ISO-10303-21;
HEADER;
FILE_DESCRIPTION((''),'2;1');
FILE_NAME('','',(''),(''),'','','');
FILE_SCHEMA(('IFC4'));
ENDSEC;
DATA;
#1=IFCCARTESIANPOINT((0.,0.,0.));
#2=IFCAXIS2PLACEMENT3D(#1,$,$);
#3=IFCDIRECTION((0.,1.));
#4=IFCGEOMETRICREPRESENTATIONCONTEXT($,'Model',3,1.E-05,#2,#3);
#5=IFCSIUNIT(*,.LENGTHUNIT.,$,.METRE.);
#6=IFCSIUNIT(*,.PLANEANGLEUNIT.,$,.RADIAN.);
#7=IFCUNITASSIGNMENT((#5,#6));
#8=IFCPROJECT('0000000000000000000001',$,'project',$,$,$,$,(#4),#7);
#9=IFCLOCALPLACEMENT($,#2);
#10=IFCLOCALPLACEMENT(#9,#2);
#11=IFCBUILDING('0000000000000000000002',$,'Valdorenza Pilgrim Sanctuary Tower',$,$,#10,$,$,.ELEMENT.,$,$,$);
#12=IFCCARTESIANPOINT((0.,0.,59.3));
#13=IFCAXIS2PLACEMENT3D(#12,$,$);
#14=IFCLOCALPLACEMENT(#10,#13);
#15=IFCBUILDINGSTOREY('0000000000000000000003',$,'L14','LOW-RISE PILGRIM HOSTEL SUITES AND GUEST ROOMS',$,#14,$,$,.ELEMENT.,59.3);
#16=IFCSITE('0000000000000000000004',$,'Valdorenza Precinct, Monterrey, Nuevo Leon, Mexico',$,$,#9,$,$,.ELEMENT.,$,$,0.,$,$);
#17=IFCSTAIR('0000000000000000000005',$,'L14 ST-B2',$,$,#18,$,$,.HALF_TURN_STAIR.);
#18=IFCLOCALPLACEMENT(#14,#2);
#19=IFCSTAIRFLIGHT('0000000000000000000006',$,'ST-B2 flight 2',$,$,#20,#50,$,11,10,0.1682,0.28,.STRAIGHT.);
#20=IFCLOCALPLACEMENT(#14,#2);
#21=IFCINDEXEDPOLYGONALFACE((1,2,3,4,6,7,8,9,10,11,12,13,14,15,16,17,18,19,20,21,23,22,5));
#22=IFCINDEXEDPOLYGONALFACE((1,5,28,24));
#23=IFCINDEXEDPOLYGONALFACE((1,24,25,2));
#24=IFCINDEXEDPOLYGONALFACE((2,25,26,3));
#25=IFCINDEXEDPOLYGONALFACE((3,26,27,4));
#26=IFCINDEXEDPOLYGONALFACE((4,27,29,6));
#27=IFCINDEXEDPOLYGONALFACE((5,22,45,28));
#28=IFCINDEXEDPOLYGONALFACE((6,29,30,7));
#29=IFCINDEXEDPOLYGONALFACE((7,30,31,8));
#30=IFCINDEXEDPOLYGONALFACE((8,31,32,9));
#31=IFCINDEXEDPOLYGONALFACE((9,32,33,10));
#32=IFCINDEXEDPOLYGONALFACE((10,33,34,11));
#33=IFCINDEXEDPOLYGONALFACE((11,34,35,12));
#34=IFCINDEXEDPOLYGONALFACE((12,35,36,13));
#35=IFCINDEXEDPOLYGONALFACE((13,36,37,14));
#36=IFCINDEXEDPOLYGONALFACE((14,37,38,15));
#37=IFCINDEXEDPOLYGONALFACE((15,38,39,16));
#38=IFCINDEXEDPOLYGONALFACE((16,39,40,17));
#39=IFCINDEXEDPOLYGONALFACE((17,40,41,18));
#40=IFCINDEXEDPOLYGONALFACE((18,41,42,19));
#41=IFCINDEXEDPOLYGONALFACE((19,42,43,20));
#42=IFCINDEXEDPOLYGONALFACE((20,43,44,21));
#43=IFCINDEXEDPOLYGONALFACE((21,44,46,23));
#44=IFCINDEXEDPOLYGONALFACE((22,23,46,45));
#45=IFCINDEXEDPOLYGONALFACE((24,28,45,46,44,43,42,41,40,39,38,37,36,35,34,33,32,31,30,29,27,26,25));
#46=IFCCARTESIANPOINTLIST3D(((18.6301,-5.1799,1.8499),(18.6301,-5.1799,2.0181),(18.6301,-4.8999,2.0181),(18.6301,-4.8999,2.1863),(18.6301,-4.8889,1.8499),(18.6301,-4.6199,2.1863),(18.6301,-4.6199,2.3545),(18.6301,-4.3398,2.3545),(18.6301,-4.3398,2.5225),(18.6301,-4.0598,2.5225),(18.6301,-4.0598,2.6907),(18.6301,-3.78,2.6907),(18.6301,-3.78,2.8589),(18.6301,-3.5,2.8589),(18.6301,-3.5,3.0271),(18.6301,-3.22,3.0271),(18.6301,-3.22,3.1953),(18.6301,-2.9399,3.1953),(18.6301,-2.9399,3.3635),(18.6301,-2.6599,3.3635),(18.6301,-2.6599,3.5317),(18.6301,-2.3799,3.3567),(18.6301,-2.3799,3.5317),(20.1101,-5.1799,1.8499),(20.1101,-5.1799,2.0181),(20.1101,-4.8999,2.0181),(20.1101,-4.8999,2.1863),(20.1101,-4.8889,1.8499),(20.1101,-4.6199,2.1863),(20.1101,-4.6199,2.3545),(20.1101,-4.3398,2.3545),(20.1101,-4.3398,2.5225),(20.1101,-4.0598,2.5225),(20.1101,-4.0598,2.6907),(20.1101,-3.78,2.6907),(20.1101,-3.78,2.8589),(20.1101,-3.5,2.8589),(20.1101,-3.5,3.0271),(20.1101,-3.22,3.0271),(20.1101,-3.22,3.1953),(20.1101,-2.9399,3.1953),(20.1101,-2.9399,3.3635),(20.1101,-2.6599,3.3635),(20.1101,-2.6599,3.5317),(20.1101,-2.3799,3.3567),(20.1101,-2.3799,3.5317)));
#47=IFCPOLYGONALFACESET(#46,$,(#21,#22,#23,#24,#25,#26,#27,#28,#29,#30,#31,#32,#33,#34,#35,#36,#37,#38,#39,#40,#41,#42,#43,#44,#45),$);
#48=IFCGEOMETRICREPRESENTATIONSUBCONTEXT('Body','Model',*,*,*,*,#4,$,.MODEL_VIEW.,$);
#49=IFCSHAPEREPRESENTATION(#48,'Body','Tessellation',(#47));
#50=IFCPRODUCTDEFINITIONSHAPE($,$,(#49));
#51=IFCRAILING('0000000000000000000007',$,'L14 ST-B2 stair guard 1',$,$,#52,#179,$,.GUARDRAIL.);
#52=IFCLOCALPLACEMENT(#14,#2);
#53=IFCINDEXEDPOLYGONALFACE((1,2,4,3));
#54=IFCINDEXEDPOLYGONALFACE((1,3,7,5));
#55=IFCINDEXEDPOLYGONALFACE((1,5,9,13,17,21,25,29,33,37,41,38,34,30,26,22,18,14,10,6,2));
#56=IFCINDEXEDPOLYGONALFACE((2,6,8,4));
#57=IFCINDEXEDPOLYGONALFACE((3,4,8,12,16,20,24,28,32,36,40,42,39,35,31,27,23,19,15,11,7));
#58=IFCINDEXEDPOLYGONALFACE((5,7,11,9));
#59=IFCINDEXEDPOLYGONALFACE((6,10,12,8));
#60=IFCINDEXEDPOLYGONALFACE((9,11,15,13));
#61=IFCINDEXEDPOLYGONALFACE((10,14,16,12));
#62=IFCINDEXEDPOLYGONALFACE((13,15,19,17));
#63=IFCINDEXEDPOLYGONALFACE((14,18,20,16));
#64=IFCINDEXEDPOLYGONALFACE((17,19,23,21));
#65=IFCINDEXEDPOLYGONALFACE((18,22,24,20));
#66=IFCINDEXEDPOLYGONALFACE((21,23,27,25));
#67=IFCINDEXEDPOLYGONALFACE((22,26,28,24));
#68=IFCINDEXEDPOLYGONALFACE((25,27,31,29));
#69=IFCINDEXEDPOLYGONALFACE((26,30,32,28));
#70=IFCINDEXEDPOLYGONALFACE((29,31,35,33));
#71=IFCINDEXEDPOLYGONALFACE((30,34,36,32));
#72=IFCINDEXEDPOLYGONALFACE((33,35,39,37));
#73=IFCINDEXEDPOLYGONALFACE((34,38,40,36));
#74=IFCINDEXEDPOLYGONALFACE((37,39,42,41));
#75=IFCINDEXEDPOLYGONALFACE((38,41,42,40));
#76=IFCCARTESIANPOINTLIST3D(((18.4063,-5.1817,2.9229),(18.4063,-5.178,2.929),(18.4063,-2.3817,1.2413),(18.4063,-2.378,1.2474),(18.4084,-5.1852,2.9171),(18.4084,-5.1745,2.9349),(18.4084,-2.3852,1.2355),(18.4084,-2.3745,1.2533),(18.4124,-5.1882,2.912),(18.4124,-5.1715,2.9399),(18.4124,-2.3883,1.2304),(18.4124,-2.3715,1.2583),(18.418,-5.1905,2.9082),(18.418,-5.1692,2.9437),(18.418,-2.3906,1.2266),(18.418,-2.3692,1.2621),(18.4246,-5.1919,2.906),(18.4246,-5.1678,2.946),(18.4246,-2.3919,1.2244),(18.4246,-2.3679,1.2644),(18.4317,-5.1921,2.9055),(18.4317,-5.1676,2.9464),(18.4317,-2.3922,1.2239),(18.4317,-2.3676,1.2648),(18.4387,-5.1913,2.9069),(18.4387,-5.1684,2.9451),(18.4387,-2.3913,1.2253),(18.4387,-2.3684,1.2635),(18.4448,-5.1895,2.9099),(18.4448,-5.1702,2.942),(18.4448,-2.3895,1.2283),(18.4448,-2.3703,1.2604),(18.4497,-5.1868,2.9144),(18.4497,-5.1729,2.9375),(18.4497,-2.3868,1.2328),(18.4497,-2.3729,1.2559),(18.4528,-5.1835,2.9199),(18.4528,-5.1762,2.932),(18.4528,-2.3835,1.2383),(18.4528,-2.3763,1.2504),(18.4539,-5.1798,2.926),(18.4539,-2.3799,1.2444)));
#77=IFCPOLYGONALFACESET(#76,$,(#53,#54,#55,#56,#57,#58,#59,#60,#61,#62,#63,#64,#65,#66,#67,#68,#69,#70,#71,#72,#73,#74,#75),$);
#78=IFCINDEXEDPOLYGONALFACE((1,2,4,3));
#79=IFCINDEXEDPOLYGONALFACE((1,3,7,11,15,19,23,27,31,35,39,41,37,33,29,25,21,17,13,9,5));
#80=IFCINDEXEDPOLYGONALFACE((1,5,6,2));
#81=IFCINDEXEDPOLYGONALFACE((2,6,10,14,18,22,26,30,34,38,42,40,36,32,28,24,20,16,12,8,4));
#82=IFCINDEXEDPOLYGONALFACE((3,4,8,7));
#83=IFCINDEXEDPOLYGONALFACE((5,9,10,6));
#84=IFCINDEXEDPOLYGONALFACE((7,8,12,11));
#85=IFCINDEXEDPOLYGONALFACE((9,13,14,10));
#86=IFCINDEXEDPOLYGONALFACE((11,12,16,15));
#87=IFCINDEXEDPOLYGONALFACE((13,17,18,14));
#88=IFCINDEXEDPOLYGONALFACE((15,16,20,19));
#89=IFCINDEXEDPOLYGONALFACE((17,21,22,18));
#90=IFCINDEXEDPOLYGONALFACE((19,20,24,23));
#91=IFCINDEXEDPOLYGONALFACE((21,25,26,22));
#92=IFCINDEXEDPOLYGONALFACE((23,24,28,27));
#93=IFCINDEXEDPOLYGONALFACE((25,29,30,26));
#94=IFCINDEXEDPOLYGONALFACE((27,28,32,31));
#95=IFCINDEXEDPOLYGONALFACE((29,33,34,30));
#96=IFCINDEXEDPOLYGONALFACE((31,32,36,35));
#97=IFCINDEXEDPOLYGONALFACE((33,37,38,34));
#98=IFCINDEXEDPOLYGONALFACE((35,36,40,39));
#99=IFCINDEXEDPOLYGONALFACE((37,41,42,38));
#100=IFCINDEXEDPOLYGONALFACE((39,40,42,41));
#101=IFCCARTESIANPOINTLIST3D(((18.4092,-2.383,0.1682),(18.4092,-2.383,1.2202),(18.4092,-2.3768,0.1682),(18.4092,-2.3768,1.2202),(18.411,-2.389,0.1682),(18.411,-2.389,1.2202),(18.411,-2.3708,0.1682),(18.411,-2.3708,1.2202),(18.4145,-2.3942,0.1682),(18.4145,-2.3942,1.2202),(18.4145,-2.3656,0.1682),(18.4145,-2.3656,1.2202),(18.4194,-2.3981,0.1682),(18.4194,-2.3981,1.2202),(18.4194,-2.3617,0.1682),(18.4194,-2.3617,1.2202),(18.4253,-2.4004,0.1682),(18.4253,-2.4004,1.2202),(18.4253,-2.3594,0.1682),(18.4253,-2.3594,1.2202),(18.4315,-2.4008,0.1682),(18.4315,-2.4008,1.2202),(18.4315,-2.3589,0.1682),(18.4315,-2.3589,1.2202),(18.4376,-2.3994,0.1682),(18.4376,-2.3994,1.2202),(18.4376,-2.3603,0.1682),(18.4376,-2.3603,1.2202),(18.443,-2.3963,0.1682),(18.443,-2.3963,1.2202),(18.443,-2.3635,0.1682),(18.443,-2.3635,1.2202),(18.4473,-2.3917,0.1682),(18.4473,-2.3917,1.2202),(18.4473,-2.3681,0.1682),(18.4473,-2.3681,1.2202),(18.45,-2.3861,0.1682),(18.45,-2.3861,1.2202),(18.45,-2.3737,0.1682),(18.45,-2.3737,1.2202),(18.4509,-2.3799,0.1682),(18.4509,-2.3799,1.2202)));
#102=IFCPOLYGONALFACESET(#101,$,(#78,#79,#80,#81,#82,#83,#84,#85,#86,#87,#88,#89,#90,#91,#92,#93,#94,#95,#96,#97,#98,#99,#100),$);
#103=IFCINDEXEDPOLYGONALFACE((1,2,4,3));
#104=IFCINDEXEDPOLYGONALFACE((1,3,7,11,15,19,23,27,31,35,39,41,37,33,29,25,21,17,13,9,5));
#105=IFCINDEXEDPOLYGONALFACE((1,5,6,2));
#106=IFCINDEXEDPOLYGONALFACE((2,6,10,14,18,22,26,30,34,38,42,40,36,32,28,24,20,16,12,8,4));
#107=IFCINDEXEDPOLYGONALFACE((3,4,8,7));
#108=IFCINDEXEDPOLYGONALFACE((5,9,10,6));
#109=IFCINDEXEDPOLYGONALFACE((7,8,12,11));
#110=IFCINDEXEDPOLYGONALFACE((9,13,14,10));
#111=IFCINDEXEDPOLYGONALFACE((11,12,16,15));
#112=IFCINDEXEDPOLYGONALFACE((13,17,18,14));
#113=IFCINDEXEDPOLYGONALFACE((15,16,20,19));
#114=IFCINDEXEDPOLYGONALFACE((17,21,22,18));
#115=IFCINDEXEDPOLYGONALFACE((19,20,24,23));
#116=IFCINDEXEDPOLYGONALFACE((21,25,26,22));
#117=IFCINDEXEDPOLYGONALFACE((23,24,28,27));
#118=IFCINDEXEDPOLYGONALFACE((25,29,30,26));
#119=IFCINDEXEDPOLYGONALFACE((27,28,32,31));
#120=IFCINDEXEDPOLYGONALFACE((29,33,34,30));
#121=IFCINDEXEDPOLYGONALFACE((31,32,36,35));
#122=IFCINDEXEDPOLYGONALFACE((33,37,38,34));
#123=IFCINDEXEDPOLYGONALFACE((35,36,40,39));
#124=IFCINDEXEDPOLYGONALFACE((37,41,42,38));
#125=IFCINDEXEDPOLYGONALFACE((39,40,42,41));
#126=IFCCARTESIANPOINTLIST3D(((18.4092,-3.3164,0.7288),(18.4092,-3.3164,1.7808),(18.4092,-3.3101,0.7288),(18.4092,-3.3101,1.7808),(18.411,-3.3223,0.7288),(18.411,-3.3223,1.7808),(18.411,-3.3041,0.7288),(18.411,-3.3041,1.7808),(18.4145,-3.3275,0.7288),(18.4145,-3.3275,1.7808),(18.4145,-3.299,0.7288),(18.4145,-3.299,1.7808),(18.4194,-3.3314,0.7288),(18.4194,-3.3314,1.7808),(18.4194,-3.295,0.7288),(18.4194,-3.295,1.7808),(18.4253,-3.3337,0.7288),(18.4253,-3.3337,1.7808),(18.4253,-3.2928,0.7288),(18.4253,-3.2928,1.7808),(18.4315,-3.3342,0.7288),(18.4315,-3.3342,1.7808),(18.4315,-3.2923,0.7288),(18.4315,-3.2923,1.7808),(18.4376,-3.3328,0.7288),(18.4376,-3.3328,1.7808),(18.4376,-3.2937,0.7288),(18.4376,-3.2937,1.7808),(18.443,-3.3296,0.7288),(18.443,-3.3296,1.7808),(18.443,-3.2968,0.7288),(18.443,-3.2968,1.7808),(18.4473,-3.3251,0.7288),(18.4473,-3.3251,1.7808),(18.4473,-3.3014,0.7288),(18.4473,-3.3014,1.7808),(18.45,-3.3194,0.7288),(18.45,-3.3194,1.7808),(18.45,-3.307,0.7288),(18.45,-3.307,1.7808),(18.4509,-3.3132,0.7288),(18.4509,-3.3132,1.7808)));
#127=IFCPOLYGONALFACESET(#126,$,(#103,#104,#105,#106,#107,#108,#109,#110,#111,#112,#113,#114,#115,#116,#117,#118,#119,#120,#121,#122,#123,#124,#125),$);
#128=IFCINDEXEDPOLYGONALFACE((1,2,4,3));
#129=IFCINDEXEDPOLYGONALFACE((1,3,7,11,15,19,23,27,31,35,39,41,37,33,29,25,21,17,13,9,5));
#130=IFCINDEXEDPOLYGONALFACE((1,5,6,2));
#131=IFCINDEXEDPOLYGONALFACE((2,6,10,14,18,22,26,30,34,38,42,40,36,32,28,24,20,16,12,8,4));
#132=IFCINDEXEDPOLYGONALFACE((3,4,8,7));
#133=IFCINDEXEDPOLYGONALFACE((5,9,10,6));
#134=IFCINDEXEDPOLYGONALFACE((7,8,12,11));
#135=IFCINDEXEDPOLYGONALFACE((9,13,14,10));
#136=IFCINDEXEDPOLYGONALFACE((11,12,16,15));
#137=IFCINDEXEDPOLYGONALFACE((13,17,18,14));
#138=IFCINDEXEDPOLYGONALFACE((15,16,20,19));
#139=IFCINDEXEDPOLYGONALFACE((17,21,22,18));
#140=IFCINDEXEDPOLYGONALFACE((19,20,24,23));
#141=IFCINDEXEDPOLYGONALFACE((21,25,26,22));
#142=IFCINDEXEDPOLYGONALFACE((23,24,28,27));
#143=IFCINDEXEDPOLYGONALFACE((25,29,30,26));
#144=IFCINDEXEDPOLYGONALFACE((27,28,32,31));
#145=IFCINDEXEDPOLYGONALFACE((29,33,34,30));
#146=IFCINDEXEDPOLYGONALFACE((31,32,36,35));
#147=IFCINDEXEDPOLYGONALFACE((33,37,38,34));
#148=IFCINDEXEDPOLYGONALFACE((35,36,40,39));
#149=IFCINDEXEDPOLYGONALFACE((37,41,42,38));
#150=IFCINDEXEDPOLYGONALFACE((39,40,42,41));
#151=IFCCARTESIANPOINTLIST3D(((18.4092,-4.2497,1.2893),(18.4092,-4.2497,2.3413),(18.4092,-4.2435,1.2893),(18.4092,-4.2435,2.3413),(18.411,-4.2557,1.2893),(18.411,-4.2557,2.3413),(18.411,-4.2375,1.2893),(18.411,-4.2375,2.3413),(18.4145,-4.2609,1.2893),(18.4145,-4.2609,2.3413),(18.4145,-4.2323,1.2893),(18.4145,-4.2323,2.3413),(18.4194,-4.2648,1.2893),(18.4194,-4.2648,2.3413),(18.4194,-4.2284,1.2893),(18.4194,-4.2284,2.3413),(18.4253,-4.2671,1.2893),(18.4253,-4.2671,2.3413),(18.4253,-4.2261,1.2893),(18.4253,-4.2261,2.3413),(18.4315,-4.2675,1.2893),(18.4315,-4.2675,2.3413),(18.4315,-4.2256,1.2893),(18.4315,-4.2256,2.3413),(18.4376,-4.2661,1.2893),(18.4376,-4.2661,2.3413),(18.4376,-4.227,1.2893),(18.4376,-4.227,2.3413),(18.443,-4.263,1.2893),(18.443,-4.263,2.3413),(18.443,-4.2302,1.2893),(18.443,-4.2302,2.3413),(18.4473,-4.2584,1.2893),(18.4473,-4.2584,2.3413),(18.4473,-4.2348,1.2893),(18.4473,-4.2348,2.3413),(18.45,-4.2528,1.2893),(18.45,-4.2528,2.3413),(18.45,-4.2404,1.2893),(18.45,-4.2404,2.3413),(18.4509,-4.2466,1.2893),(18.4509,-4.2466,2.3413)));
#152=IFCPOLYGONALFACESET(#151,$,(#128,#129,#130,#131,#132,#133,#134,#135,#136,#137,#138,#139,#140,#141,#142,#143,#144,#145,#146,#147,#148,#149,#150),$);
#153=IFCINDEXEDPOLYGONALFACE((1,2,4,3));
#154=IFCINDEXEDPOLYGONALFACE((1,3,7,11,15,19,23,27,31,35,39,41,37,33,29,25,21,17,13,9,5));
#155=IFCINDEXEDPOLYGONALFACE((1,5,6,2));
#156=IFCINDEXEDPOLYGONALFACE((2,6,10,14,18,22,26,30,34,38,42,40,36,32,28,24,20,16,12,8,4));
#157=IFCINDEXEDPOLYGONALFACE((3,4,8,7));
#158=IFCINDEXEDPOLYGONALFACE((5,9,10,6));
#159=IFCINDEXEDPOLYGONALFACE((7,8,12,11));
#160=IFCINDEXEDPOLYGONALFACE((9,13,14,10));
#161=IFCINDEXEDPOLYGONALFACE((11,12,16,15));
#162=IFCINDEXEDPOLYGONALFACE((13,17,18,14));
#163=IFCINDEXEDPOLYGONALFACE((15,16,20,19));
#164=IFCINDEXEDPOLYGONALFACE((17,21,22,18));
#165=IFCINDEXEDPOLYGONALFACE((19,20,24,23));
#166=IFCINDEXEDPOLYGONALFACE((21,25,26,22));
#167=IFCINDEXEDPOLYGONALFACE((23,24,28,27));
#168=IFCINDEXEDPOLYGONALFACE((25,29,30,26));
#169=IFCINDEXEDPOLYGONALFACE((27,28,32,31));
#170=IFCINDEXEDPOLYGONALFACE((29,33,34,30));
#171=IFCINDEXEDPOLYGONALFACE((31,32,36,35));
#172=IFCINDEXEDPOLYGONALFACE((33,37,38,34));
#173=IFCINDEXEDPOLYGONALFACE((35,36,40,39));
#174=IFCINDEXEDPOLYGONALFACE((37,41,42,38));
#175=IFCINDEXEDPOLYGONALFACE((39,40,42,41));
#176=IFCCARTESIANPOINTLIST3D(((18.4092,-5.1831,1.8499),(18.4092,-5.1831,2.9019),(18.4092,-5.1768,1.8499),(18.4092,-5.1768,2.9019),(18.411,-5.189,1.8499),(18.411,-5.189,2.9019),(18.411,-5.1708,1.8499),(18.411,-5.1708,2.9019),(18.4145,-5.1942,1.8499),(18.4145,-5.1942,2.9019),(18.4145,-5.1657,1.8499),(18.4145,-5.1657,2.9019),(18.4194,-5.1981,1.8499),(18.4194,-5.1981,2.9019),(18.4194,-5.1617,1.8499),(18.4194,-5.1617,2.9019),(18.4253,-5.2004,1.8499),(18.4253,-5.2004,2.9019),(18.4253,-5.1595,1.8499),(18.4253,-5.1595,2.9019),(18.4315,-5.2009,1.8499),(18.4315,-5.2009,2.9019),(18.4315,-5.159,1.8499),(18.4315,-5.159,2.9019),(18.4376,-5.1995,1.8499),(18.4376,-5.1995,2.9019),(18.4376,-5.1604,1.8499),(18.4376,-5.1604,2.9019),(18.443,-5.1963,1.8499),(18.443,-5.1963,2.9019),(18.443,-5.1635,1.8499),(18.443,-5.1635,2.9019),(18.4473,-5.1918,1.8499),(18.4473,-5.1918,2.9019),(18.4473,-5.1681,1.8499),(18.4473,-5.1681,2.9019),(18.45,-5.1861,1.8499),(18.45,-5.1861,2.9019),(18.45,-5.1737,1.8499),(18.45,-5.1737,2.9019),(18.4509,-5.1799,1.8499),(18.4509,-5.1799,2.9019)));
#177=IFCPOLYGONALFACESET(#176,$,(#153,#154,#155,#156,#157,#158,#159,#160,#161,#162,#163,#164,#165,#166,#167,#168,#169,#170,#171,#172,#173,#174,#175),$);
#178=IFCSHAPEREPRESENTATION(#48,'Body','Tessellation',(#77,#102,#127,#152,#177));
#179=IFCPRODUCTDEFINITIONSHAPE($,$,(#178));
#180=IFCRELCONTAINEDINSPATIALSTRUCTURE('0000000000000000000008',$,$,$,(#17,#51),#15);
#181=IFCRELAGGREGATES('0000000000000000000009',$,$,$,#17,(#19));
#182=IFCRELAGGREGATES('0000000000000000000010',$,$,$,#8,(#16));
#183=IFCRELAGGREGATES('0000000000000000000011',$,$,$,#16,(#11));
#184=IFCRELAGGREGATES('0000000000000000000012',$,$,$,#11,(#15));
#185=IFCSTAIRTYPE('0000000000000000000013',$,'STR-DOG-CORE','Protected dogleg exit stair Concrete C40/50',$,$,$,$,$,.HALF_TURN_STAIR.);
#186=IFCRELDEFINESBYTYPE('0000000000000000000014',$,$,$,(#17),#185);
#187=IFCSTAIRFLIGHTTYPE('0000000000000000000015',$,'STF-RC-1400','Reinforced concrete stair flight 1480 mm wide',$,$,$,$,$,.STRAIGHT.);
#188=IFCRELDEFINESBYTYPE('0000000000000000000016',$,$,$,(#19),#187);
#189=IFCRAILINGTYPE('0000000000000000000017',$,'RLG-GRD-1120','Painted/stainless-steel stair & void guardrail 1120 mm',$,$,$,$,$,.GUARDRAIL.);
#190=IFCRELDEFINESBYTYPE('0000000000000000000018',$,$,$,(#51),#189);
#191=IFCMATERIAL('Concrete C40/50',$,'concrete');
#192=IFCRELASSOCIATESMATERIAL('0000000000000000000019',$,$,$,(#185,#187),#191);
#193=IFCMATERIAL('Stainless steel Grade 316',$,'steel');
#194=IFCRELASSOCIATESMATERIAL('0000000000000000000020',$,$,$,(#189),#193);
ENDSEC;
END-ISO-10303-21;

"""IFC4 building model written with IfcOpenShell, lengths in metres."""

from ifc_helpers import new_model, si_unit, direction, frame, origin, origin_2d, place, context, subcontext, project, spatial, polyline, circle, outline, extrude, material, type_object, element, aggregate, save


model = new_model("IFC4")

# Units and contexts
model_context = context("Model", 3, precision=1e-05, world=origin(), true_north=direction((0.0, 1.0)))
body_context = subcontext(model_context, "Body", "Model", "MODEL_VIEW")
ifc_project = project(units=[si_unit("LENGTHUNIT", "METRE"), si_unit("PLANEANGLEUNIT", "RADIAN")], contexts=[model_context])

# Site, building, storey
site_placement = place(None, origin())
site = spatial("IfcSite", under=ifc_project, at=site_placement, Name="Valdorenza Precinct, Monterrey, Nuevo Leon, Mexico", CompositionType="ELEMENT", RefElevation=0.0)
building_placement = place(site_placement, origin())
building = spatial("IfcBuilding", under=site, at=building_placement, Name="Valdorenza Pilgrim Sanctuary Tower", CompositionType="ELEMENT")
storey_placement = place(building_placement, frame((0.0, 0.0, 59.3)))
storey = spatial("IfcBuildingStorey", under=building, at=storey_placement, Name="L14", Description="LOW-RISE PILGRIM HOSTEL SUITES AND GUEST ROOMS", CompositionType="ELEMENT", Elevation=59.3)

# Shared definitions
ifc_material_1 = material(Name="Concrete C40/50", Category="concrete")

# Stair, stair flight
stair_type = type_object("IfcStairType", Name="STR-DOG-CORE", Description="Protected dogleg exit stair Concrete C40/50", PredefinedType="HALF_TURN_STAIR", material=ifc_material_1)
stair_placement = place(storey_placement, origin())
stair = element("IfcStair", 1, at=stair_placement, inside=storey, type_object=stair_type, Name="L14 ST-B2", PredefinedType="HALF_TURN_STAIR")
stair_flight_type = type_object("IfcStairFlightType", Name="STF-RC-1400", Description="Reinforced concrete stair flight 1480 mm wide", PredefinedType="STRAIGHT", material=ifc_material_1)
stair_flight_1_placement = place(storey_placement, frame((19.3701, -5.1799, 1.8499), z_axis=(0.0, 0.0, 1.0), x_axis=(0.0, 1.0, 0.0)))
stair_flight_1 = element("IfcStairFlight", 2, at=stair_flight_1_placement, type_object=stair_flight_type, Name="ST-B2 flight 2", NumberOfRisers=11, NumberOfTreads=10, PredefinedType="STRAIGHT", RiserHeight=0.1682, TreadLength=0.28, context=body_context, shape_type="SweptSolid", body=[
    extrude(outline(polyline([(0.0, 0.0), (0.0, 0.1682), (0.28, 0.1682), (0.28, 0.3364), (0.5601, 0.3364), (0.5601, 0.5046), (0.8401, 0.5046), (0.8401, 0.6726), (1.1201, 0.6726), (1.1201, 0.8408), (1.3999, 0.8408), (1.3999, 1.009), (1.6799, 1.009), (1.6799, 1.1772), (1.96, 1.1772), (1.96, 1.3455), (2.24, 1.3455), (2.24, 1.5137), (2.52, 1.5137), (2.52, 1.6819), (2.8, 1.6819), (2.8, 1.8501), (2.8, 1.5068), (0.291, 0.0), (0.0, 0.0)])), frame((0.0, 0.74, 0.0), z_axis=(0.0, -1.0, 0.0), x_axis=(1.0, 0.0, 0.0)), (0.0, 0.0, 1.0), 1.48),
])
aggregate(stair, [stair_flight_1])

# Railing
ifc_material_2 = material(Name="Stainless steel Grade 316", Category="steel")
railing_type_1 = type_object("IfcRailingType", Name="RLG-GRD-1120", Description="Painted/stainless-steel stair & void guardrail 1120 mm", PredefinedType="GUARDRAIL", material=ifc_material_2)
railing_1_placement = place(storey_placement, frame((18.4299, -2.3799, 0.1682)))
element("IfcRailing", 3, at=railing_1_placement, inside=storey, type_object=railing_type_1, Name="L14 ST-B2 stair guard 1", PredefinedType="GUARDRAIL", context=body_context, shape_type="SweptSolid", body=[
    extrude(circle(Radius=0.0239, at=origin_2d()), frame((0.0, 0.0, 1.0762), z_axis=(0.0, -0.857275, 0.514858), x_axis=(1.0, 0.0, 0.0)), (0.0, 0.0, 1.0), 3.2661),
    extrude(circle(Radius=0.021, at=origin_2d()), origin(), (0.0, 0.0, 1.0), 1.052),
    extrude(circle(Radius=0.021, at=origin_2d()), frame((0.0, -0.9333, 0.5605)), (0.0, 0.0, 1.0), 1.052),
    extrude(circle(Radius=0.021, at=origin_2d()), frame((0.0, -1.8667, 1.1211)), (0.0, 0.0, 1.0), 1.052),
    extrude(circle(Radius=0.021, at=origin_2d()), frame((0.0, -2.8, 1.6816)), (0.0, 0.0, 1.0), 1.052),
])

save(model, "model.ifc")
